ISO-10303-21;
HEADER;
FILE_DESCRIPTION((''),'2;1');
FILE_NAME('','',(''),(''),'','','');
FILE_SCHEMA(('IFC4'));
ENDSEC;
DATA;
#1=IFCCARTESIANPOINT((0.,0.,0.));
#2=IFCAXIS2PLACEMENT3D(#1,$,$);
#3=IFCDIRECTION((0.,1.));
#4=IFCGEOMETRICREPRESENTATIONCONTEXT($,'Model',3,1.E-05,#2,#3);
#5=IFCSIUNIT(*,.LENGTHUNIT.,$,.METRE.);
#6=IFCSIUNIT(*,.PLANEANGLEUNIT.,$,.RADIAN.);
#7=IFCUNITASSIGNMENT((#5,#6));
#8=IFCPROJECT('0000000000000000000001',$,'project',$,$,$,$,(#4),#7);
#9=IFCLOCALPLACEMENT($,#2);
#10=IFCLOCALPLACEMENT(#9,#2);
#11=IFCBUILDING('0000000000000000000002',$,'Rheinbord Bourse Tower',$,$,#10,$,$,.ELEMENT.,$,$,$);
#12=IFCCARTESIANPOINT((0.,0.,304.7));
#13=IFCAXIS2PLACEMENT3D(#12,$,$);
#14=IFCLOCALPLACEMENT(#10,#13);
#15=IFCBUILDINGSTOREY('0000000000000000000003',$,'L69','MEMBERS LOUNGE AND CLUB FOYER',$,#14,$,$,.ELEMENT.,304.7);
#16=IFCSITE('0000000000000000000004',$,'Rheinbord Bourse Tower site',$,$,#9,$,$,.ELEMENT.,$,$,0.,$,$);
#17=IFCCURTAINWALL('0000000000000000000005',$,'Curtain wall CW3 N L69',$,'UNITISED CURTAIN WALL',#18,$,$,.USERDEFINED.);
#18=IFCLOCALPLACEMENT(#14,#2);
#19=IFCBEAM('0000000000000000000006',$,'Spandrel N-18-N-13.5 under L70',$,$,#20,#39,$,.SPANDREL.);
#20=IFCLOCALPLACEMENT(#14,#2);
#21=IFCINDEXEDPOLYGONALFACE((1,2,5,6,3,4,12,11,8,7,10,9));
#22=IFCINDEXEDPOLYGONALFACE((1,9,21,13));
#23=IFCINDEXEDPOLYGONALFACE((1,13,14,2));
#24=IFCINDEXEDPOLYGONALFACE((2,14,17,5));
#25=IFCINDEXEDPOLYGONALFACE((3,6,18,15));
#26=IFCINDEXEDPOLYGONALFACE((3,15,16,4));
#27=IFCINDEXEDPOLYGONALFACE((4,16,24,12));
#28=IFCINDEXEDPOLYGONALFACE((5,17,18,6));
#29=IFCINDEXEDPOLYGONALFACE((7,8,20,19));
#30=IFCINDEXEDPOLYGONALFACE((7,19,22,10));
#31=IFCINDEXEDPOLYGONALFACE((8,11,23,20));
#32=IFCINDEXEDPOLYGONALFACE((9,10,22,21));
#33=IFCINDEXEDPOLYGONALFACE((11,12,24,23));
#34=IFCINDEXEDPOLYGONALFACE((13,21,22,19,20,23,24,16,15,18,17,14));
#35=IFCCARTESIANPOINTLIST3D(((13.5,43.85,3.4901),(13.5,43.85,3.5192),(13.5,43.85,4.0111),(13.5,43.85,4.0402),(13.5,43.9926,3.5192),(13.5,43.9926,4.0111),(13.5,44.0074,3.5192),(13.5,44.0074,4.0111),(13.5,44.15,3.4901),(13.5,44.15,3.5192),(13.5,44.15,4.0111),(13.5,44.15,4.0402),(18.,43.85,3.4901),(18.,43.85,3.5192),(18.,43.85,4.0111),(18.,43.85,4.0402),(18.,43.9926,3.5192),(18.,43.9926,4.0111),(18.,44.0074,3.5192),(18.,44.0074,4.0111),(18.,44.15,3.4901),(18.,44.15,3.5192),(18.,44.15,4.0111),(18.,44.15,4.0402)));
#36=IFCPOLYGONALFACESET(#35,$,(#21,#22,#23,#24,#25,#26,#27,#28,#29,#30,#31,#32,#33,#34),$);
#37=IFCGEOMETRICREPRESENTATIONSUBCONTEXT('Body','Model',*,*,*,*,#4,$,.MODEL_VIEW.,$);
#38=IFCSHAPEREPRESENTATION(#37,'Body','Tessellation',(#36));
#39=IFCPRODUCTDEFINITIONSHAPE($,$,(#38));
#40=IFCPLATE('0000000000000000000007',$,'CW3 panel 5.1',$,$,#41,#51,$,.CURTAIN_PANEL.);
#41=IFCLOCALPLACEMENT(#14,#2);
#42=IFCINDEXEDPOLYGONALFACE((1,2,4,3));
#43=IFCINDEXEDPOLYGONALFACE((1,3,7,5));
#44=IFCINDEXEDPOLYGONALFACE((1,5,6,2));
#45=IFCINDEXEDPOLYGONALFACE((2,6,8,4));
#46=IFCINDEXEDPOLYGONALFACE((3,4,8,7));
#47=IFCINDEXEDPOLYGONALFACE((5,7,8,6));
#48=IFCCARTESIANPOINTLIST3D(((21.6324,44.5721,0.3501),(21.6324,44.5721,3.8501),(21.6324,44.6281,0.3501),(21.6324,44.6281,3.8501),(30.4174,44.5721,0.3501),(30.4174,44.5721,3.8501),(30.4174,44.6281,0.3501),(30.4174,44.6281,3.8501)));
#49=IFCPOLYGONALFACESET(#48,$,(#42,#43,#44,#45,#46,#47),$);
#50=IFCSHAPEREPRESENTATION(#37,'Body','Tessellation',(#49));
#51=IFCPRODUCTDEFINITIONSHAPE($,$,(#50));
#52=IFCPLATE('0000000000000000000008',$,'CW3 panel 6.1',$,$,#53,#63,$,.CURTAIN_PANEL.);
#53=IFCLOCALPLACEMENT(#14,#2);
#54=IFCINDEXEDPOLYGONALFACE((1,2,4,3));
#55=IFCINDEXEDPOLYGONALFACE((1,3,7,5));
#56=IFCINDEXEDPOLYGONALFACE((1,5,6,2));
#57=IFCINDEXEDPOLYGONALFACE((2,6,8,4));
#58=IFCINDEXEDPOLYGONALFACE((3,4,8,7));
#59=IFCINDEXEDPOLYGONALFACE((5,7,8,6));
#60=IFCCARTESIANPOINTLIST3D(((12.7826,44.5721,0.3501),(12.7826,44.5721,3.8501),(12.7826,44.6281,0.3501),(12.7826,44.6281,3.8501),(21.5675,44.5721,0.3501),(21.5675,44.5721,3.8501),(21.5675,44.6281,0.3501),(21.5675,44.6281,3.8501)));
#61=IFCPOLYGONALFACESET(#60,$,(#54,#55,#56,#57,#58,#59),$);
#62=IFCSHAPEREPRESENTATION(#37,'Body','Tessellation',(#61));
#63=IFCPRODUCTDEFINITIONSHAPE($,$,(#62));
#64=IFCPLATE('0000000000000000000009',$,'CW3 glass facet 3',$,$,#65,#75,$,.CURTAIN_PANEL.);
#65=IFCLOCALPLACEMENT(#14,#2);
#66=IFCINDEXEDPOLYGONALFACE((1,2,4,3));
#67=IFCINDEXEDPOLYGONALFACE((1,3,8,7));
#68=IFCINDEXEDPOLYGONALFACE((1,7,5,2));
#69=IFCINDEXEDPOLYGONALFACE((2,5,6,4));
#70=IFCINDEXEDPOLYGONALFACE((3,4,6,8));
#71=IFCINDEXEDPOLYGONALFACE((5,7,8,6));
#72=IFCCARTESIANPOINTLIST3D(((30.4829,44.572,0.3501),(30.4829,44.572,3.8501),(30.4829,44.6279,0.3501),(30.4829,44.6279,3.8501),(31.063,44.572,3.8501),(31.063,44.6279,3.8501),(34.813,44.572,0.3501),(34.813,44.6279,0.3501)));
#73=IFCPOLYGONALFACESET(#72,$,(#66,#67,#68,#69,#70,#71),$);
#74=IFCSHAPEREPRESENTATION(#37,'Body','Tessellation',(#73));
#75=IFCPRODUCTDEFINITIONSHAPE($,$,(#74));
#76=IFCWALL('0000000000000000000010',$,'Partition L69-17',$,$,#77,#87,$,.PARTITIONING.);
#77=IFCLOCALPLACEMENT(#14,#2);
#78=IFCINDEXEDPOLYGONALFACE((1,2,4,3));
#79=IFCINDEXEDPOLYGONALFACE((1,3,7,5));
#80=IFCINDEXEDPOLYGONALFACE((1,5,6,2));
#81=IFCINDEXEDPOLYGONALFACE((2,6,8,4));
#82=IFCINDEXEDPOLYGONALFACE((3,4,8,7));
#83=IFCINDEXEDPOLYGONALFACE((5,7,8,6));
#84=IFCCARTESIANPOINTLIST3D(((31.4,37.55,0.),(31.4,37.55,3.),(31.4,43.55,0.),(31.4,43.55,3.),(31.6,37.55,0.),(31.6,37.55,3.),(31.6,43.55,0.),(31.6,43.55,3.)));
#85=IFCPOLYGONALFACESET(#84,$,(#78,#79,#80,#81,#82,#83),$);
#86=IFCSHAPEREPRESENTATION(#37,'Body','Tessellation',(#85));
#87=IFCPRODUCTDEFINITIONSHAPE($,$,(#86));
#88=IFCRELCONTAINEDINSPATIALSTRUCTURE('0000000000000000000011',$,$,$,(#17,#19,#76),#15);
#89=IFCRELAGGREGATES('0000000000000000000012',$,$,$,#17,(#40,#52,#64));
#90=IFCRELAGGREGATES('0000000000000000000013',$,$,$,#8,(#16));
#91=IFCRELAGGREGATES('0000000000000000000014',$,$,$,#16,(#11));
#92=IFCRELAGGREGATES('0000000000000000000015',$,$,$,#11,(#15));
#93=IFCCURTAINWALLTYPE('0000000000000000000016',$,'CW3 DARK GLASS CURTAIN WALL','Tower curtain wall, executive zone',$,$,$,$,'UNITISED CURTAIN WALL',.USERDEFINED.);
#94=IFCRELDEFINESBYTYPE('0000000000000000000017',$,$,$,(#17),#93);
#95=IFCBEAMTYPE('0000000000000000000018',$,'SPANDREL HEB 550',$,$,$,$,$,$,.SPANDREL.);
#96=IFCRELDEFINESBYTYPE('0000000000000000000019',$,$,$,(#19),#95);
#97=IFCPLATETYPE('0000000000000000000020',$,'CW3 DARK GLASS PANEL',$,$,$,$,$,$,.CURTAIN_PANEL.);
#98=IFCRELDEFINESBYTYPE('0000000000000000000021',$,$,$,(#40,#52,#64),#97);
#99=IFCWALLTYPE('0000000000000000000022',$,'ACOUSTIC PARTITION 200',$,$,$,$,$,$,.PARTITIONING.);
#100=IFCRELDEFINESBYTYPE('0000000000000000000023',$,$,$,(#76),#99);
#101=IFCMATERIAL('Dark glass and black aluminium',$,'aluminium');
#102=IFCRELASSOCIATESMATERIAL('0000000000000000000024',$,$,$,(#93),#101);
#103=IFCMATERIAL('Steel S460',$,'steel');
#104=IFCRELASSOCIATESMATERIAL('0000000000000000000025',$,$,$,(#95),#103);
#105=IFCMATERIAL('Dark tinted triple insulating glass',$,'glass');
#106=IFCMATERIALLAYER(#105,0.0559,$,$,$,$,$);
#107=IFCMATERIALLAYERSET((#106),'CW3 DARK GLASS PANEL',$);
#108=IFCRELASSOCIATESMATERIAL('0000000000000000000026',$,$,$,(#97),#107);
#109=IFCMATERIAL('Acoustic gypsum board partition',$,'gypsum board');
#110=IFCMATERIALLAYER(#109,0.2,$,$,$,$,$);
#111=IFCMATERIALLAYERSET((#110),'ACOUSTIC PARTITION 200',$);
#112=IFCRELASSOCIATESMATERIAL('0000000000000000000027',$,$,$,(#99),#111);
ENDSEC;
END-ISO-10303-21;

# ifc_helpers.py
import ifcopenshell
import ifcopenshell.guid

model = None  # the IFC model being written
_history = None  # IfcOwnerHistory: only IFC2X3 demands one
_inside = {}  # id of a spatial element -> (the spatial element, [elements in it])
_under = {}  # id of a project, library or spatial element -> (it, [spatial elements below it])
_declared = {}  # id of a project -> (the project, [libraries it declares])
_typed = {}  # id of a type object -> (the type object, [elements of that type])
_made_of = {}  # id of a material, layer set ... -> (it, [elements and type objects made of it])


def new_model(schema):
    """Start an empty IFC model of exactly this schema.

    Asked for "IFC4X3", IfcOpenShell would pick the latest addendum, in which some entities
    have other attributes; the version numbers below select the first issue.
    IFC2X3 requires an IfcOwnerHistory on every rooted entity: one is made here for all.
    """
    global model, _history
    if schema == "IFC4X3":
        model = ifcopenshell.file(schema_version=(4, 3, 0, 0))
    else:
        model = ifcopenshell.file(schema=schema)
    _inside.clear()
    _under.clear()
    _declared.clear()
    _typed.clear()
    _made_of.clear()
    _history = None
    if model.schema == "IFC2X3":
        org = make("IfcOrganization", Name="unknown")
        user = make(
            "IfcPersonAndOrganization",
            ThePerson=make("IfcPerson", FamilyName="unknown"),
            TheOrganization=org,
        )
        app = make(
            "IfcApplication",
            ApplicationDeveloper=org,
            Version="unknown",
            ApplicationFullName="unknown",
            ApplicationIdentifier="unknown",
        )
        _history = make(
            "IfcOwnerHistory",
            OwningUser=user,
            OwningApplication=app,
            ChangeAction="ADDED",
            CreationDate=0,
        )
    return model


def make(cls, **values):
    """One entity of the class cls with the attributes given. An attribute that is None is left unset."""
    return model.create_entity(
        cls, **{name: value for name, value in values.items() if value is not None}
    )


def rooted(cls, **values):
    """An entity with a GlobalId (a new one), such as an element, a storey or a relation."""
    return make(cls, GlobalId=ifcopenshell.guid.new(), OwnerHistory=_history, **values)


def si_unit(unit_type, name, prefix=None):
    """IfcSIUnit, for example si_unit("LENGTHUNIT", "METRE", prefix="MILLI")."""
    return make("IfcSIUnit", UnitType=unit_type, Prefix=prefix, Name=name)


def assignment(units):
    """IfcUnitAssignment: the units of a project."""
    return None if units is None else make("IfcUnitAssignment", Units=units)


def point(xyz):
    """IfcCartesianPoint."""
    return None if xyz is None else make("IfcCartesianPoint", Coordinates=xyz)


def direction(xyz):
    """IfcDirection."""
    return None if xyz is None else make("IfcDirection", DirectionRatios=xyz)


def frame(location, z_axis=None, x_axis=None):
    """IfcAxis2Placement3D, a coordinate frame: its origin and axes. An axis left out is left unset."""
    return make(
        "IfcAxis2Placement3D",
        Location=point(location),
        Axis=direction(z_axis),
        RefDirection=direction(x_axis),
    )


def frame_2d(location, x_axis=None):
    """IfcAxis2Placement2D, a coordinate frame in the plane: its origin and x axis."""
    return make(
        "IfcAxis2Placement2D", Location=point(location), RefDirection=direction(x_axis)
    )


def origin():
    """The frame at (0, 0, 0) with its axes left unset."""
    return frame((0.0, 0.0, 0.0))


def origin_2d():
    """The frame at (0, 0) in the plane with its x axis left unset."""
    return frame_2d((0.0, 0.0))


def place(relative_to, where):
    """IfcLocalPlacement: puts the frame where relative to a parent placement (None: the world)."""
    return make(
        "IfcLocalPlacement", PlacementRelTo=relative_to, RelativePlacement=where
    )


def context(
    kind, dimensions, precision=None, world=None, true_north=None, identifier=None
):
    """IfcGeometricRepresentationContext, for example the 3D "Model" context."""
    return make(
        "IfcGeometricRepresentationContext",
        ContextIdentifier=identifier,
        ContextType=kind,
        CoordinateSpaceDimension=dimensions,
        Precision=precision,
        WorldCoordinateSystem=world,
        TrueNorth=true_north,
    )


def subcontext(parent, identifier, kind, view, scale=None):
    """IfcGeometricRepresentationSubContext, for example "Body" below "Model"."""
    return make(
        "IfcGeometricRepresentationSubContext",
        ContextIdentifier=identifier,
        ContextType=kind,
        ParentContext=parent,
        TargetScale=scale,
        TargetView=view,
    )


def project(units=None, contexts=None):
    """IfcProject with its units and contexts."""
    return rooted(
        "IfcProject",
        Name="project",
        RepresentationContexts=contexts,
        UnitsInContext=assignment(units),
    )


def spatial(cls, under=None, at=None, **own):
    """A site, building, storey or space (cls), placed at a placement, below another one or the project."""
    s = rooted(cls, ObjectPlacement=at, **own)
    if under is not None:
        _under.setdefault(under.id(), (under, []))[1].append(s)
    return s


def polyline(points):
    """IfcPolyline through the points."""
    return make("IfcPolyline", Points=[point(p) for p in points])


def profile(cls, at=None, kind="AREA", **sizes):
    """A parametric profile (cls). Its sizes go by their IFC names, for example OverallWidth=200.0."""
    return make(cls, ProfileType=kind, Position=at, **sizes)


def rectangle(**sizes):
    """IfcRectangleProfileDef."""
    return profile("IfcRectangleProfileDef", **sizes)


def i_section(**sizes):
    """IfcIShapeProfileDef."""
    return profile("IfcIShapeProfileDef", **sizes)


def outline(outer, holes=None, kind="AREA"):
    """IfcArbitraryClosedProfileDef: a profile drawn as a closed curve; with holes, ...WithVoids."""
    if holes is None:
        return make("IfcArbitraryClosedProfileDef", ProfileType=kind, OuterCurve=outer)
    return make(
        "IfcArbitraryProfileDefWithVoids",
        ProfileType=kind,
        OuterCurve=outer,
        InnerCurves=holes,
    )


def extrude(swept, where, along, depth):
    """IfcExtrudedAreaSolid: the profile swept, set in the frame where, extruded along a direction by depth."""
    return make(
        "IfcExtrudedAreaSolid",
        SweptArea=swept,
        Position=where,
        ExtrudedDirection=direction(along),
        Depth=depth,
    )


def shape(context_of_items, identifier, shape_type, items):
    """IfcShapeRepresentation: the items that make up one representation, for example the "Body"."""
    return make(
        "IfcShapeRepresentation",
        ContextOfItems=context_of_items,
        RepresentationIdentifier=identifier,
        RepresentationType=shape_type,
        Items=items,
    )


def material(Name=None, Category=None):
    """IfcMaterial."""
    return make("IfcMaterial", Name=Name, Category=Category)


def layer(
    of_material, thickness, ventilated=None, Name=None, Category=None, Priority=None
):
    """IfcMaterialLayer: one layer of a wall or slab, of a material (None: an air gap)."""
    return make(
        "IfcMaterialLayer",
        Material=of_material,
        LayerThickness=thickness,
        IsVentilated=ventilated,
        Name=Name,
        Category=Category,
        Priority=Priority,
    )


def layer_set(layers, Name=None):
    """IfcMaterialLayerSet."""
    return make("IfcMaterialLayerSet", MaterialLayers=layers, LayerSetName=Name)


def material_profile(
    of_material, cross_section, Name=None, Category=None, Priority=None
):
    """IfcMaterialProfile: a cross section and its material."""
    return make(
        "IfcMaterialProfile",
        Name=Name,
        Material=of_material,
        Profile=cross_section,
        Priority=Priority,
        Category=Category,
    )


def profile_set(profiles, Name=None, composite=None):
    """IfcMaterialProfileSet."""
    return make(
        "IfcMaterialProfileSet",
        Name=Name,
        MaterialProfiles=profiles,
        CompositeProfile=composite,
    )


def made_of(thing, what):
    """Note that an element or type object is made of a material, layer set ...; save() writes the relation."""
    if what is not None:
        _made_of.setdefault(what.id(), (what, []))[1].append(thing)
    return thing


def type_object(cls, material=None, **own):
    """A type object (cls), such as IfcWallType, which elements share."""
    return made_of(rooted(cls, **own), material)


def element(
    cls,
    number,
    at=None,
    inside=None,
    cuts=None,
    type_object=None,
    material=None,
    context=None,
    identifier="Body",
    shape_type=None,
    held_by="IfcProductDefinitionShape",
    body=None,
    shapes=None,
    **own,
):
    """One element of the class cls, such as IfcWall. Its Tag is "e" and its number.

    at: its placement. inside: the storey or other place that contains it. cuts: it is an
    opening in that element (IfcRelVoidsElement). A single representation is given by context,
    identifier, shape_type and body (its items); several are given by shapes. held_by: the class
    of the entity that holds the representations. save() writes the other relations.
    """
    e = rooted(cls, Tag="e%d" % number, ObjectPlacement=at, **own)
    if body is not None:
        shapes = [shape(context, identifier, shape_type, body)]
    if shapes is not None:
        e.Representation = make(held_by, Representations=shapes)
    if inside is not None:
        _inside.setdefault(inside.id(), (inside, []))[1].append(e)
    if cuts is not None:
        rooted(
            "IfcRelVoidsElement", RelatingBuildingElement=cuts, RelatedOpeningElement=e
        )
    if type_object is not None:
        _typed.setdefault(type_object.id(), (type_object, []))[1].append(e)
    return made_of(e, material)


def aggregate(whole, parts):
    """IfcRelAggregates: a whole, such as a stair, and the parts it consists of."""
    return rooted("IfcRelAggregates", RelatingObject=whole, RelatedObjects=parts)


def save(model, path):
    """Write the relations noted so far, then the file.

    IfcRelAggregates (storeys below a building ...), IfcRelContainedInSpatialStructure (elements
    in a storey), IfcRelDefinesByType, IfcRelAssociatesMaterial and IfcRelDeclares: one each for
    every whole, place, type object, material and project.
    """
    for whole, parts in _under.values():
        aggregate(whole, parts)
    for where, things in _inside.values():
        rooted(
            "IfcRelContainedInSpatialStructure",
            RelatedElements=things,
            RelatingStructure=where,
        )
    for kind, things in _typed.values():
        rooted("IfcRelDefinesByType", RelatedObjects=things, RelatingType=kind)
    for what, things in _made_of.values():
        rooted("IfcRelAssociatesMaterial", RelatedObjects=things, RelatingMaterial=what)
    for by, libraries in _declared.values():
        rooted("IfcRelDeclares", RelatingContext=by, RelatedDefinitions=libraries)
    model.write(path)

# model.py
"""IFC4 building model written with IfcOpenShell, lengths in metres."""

from ifc_helpers import new_model, si_unit, direction, frame, frame_2d, origin, origin_2d, place, context, subcontext, project, spatial, polyline, rectangle, i_section, outline, extrude, material, layer, layer_set, material_profile, profile_set, type_object, element, aggregate, save


model = new_model("IFC4")

# Units and contexts
model_context = context("Model", 3, precision=1e-05, world=origin(), true_north=direction((0.0, 1.0)))
body_context = subcontext(model_context, "Body", "Model", "MODEL_VIEW")
ifc_project = project(units=[si_unit("LENGTHUNIT", "METRE"), si_unit("PLANEANGLEUNIT", "RADIAN")], contexts=[model_context])

# Site, building, storey
site_placement = place(None, origin())
site = spatial("IfcSite", under=ifc_project, at=site_placement, Name="Rheinbord Bourse Tower site", CompositionType="ELEMENT", RefElevation=0.0)
building_placement = place(site_placement, origin())
building = spatial("IfcBuilding", under=site, at=building_placement, Name="Rheinbord Bourse Tower", CompositionType="ELEMENT")
storey_placement = place(building_placement, frame((0.0, 0.0, 304.7)))
storey = spatial("IfcBuildingStorey", under=building, at=storey_placement, Name="L69", Description="MEMBERS LOUNGE AND CLUB FOYER", CompositionType="ELEMENT", Elevation=304.7)

# Curtain wall
ifc_material_1 = material(Name="Dark glass and black aluminium", Category="aluminium")
curtain_wall_type = type_object("IfcCurtainWallType", Name="CW3 DARK GLASS CURTAIN WALL", Description="Tower curtain wall, executive zone", ElementType="UNITISED CURTAIN WALL", PredefinedType="USERDEFINED", material=ifc_material_1)
curtain_wall_placement = place(storey_placement, origin())
curtain_wall = element("IfcCurtainWall", 1, at=curtain_wall_placement, inside=storey, type_object=curtain_wall_type, Name="Curtain wall CW3 N L69", ObjectType="UNITISED CURTAIN WALL", PredefinedType="USERDEFINED")

# Beam
ifc_material_2 = material(Name="Steel S460", Category="steel")
ifc_material_profile_1 = material_profile(ifc_material_2, i_section(OverallWidth=0.3, OverallDepth=0.55, WebThickness=0.0149, FlangeThickness=0.0291, at=origin_2d()), Name="HEB 550")
ifc_profile_set_1 = profile_set([ifc_material_profile_1], Name="Steel S460")
beam_type_1 = type_object("IfcBeamType", Name="SPANDREL HEB 550", PredefinedType="SPANDREL", material=ifc_profile_set_1)
for number, where, z_axis, x_axis, name in (
    (2, (18.0, 44.0, 3.7651), (-1.0, 0.0, 0.0), (0.0, -1.0, 0.0), "Spandrel N-18-N-13.5 under L70"),
):
    element("IfcBeam", number, at=place(storey_placement, frame(where, z_axis=z_axis, x_axis=x_axis)), inside=storey, type_object=beam_type_1, Name=name, PredefinedType="SPANDREL", context=body_context, shape_type="SweptSolid", body=[
        extrude(i_section(OverallWidth=0.3, OverallDepth=0.55, WebThickness=0.0149, FlangeThickness=0.0291, at=origin_2d()), origin(), (0.0, 0.0, 1.0), 4.5),
    ])

# Plates
ifc_material_3 = material(Name="Dark tinted triple insulating glass", Category="glass")
ifc_layer_1 = layer(ifc_material_3, 0.0559)
ifc_layer_set_1 = layer_set([ifc_layer_1], Name="CW3 DARK GLASS PANEL")
plate_type = type_object("IfcPlateType", Name="CW3 DARK GLASS PANEL", PredefinedType="CURTAIN_PANEL", material=ifc_layer_set_1)
plate_1_placement = place(storey_placement, frame((26.0249, 44.6001, 0.3501), z_axis=(0.0, 0.0, 1.0), x_axis=(-1.0, 0.0, 0.0)))
plate_1 = element("IfcPlate", 3, at=plate_1_placement, type_object=plate_type, Name="CW3 panel 5.1", PredefinedType="CURTAIN_PANEL", context=body_context, shape_type="SweptSolid", body=[
    extrude(rectangle(XDim=8.7849, YDim=0.0559, at=origin_2d()), origin(), (0.0, 0.0, 1.0), 3.5),
])
plate_2_placement = place(storey_placement, frame((17.175, 44.6001, 0.3501), z_axis=(0.0, 0.0, 1.0), x_axis=(-1.0, 0.0, 0.0)))
plate_2 = element("IfcPlate", 4, at=plate_2_placement, type_object=plate_type, Name="CW3 panel 6.1", PredefinedType="CURTAIN_PANEL", context=body_context, shape_type="SweptSolid", body=[
    extrude(rectangle(XDim=8.7849, YDim=0.0559, at=origin_2d()), origin(), (0.0, 0.0, 1.0), 3.5),
])
plate_3_placement = place(storey_placement, frame((30.4829, 44.6279, 3.8501), z_axis=(0.0, -1.0, 0.0), x_axis=(0.0, 0.0, -1.0)))
plate_3 = element("IfcPlate", 5, at=plate_3_placement, type_object=plate_type, Name="CW3 glass facet 3", PredefinedType="CURTAIN_PANEL", context=body_context, shape_type="SweptSolid", body=[
    extrude(outline(polyline([(0.0, 0.0), (3.5, 0.0), (3.5, 4.3301), (0.0, 0.5801), (0.0, 0.0)])), origin(), (0.0, 0.0, 1.0), 0.0559),
])
aggregate(curtain_wall, [plate_1, plate_2, plate_3])

# Wall
ifc_material_4 = material(Name="Acoustic gypsum board partition", Category="gypsum board")
ifc_layer_2 = layer(ifc_material_4, 0.2)
ifc_layer_set_2 = layer_set([ifc_layer_2], Name="ACOUSTIC PARTITION 200")
wall_type = type_object("IfcWallType", Name="ACOUSTIC PARTITION 200", PredefinedType="PARTITIONING", material=ifc_layer_set_2)
wall_placement = place(storey_placement, frame((31.5, 37.55, 0.0), z_axis=(0.0, 0.0, 1.0), x_axis=(0.0, 1.0, 0.0)))
element("IfcWall", 6, at=wall_placement, inside=storey, type_object=wall_type, Name="Partition L69-17", PredefinedType="PARTITIONING", context=body_context, shape_type="SweptSolid", body=[
    extrude(rectangle(XDim=6.0, YDim=0.2, at=frame_2d((3.0, 0.0))), origin(), (0.0, 0.0, 1.0), 3.0),
])

save(model, "model.ifc")
